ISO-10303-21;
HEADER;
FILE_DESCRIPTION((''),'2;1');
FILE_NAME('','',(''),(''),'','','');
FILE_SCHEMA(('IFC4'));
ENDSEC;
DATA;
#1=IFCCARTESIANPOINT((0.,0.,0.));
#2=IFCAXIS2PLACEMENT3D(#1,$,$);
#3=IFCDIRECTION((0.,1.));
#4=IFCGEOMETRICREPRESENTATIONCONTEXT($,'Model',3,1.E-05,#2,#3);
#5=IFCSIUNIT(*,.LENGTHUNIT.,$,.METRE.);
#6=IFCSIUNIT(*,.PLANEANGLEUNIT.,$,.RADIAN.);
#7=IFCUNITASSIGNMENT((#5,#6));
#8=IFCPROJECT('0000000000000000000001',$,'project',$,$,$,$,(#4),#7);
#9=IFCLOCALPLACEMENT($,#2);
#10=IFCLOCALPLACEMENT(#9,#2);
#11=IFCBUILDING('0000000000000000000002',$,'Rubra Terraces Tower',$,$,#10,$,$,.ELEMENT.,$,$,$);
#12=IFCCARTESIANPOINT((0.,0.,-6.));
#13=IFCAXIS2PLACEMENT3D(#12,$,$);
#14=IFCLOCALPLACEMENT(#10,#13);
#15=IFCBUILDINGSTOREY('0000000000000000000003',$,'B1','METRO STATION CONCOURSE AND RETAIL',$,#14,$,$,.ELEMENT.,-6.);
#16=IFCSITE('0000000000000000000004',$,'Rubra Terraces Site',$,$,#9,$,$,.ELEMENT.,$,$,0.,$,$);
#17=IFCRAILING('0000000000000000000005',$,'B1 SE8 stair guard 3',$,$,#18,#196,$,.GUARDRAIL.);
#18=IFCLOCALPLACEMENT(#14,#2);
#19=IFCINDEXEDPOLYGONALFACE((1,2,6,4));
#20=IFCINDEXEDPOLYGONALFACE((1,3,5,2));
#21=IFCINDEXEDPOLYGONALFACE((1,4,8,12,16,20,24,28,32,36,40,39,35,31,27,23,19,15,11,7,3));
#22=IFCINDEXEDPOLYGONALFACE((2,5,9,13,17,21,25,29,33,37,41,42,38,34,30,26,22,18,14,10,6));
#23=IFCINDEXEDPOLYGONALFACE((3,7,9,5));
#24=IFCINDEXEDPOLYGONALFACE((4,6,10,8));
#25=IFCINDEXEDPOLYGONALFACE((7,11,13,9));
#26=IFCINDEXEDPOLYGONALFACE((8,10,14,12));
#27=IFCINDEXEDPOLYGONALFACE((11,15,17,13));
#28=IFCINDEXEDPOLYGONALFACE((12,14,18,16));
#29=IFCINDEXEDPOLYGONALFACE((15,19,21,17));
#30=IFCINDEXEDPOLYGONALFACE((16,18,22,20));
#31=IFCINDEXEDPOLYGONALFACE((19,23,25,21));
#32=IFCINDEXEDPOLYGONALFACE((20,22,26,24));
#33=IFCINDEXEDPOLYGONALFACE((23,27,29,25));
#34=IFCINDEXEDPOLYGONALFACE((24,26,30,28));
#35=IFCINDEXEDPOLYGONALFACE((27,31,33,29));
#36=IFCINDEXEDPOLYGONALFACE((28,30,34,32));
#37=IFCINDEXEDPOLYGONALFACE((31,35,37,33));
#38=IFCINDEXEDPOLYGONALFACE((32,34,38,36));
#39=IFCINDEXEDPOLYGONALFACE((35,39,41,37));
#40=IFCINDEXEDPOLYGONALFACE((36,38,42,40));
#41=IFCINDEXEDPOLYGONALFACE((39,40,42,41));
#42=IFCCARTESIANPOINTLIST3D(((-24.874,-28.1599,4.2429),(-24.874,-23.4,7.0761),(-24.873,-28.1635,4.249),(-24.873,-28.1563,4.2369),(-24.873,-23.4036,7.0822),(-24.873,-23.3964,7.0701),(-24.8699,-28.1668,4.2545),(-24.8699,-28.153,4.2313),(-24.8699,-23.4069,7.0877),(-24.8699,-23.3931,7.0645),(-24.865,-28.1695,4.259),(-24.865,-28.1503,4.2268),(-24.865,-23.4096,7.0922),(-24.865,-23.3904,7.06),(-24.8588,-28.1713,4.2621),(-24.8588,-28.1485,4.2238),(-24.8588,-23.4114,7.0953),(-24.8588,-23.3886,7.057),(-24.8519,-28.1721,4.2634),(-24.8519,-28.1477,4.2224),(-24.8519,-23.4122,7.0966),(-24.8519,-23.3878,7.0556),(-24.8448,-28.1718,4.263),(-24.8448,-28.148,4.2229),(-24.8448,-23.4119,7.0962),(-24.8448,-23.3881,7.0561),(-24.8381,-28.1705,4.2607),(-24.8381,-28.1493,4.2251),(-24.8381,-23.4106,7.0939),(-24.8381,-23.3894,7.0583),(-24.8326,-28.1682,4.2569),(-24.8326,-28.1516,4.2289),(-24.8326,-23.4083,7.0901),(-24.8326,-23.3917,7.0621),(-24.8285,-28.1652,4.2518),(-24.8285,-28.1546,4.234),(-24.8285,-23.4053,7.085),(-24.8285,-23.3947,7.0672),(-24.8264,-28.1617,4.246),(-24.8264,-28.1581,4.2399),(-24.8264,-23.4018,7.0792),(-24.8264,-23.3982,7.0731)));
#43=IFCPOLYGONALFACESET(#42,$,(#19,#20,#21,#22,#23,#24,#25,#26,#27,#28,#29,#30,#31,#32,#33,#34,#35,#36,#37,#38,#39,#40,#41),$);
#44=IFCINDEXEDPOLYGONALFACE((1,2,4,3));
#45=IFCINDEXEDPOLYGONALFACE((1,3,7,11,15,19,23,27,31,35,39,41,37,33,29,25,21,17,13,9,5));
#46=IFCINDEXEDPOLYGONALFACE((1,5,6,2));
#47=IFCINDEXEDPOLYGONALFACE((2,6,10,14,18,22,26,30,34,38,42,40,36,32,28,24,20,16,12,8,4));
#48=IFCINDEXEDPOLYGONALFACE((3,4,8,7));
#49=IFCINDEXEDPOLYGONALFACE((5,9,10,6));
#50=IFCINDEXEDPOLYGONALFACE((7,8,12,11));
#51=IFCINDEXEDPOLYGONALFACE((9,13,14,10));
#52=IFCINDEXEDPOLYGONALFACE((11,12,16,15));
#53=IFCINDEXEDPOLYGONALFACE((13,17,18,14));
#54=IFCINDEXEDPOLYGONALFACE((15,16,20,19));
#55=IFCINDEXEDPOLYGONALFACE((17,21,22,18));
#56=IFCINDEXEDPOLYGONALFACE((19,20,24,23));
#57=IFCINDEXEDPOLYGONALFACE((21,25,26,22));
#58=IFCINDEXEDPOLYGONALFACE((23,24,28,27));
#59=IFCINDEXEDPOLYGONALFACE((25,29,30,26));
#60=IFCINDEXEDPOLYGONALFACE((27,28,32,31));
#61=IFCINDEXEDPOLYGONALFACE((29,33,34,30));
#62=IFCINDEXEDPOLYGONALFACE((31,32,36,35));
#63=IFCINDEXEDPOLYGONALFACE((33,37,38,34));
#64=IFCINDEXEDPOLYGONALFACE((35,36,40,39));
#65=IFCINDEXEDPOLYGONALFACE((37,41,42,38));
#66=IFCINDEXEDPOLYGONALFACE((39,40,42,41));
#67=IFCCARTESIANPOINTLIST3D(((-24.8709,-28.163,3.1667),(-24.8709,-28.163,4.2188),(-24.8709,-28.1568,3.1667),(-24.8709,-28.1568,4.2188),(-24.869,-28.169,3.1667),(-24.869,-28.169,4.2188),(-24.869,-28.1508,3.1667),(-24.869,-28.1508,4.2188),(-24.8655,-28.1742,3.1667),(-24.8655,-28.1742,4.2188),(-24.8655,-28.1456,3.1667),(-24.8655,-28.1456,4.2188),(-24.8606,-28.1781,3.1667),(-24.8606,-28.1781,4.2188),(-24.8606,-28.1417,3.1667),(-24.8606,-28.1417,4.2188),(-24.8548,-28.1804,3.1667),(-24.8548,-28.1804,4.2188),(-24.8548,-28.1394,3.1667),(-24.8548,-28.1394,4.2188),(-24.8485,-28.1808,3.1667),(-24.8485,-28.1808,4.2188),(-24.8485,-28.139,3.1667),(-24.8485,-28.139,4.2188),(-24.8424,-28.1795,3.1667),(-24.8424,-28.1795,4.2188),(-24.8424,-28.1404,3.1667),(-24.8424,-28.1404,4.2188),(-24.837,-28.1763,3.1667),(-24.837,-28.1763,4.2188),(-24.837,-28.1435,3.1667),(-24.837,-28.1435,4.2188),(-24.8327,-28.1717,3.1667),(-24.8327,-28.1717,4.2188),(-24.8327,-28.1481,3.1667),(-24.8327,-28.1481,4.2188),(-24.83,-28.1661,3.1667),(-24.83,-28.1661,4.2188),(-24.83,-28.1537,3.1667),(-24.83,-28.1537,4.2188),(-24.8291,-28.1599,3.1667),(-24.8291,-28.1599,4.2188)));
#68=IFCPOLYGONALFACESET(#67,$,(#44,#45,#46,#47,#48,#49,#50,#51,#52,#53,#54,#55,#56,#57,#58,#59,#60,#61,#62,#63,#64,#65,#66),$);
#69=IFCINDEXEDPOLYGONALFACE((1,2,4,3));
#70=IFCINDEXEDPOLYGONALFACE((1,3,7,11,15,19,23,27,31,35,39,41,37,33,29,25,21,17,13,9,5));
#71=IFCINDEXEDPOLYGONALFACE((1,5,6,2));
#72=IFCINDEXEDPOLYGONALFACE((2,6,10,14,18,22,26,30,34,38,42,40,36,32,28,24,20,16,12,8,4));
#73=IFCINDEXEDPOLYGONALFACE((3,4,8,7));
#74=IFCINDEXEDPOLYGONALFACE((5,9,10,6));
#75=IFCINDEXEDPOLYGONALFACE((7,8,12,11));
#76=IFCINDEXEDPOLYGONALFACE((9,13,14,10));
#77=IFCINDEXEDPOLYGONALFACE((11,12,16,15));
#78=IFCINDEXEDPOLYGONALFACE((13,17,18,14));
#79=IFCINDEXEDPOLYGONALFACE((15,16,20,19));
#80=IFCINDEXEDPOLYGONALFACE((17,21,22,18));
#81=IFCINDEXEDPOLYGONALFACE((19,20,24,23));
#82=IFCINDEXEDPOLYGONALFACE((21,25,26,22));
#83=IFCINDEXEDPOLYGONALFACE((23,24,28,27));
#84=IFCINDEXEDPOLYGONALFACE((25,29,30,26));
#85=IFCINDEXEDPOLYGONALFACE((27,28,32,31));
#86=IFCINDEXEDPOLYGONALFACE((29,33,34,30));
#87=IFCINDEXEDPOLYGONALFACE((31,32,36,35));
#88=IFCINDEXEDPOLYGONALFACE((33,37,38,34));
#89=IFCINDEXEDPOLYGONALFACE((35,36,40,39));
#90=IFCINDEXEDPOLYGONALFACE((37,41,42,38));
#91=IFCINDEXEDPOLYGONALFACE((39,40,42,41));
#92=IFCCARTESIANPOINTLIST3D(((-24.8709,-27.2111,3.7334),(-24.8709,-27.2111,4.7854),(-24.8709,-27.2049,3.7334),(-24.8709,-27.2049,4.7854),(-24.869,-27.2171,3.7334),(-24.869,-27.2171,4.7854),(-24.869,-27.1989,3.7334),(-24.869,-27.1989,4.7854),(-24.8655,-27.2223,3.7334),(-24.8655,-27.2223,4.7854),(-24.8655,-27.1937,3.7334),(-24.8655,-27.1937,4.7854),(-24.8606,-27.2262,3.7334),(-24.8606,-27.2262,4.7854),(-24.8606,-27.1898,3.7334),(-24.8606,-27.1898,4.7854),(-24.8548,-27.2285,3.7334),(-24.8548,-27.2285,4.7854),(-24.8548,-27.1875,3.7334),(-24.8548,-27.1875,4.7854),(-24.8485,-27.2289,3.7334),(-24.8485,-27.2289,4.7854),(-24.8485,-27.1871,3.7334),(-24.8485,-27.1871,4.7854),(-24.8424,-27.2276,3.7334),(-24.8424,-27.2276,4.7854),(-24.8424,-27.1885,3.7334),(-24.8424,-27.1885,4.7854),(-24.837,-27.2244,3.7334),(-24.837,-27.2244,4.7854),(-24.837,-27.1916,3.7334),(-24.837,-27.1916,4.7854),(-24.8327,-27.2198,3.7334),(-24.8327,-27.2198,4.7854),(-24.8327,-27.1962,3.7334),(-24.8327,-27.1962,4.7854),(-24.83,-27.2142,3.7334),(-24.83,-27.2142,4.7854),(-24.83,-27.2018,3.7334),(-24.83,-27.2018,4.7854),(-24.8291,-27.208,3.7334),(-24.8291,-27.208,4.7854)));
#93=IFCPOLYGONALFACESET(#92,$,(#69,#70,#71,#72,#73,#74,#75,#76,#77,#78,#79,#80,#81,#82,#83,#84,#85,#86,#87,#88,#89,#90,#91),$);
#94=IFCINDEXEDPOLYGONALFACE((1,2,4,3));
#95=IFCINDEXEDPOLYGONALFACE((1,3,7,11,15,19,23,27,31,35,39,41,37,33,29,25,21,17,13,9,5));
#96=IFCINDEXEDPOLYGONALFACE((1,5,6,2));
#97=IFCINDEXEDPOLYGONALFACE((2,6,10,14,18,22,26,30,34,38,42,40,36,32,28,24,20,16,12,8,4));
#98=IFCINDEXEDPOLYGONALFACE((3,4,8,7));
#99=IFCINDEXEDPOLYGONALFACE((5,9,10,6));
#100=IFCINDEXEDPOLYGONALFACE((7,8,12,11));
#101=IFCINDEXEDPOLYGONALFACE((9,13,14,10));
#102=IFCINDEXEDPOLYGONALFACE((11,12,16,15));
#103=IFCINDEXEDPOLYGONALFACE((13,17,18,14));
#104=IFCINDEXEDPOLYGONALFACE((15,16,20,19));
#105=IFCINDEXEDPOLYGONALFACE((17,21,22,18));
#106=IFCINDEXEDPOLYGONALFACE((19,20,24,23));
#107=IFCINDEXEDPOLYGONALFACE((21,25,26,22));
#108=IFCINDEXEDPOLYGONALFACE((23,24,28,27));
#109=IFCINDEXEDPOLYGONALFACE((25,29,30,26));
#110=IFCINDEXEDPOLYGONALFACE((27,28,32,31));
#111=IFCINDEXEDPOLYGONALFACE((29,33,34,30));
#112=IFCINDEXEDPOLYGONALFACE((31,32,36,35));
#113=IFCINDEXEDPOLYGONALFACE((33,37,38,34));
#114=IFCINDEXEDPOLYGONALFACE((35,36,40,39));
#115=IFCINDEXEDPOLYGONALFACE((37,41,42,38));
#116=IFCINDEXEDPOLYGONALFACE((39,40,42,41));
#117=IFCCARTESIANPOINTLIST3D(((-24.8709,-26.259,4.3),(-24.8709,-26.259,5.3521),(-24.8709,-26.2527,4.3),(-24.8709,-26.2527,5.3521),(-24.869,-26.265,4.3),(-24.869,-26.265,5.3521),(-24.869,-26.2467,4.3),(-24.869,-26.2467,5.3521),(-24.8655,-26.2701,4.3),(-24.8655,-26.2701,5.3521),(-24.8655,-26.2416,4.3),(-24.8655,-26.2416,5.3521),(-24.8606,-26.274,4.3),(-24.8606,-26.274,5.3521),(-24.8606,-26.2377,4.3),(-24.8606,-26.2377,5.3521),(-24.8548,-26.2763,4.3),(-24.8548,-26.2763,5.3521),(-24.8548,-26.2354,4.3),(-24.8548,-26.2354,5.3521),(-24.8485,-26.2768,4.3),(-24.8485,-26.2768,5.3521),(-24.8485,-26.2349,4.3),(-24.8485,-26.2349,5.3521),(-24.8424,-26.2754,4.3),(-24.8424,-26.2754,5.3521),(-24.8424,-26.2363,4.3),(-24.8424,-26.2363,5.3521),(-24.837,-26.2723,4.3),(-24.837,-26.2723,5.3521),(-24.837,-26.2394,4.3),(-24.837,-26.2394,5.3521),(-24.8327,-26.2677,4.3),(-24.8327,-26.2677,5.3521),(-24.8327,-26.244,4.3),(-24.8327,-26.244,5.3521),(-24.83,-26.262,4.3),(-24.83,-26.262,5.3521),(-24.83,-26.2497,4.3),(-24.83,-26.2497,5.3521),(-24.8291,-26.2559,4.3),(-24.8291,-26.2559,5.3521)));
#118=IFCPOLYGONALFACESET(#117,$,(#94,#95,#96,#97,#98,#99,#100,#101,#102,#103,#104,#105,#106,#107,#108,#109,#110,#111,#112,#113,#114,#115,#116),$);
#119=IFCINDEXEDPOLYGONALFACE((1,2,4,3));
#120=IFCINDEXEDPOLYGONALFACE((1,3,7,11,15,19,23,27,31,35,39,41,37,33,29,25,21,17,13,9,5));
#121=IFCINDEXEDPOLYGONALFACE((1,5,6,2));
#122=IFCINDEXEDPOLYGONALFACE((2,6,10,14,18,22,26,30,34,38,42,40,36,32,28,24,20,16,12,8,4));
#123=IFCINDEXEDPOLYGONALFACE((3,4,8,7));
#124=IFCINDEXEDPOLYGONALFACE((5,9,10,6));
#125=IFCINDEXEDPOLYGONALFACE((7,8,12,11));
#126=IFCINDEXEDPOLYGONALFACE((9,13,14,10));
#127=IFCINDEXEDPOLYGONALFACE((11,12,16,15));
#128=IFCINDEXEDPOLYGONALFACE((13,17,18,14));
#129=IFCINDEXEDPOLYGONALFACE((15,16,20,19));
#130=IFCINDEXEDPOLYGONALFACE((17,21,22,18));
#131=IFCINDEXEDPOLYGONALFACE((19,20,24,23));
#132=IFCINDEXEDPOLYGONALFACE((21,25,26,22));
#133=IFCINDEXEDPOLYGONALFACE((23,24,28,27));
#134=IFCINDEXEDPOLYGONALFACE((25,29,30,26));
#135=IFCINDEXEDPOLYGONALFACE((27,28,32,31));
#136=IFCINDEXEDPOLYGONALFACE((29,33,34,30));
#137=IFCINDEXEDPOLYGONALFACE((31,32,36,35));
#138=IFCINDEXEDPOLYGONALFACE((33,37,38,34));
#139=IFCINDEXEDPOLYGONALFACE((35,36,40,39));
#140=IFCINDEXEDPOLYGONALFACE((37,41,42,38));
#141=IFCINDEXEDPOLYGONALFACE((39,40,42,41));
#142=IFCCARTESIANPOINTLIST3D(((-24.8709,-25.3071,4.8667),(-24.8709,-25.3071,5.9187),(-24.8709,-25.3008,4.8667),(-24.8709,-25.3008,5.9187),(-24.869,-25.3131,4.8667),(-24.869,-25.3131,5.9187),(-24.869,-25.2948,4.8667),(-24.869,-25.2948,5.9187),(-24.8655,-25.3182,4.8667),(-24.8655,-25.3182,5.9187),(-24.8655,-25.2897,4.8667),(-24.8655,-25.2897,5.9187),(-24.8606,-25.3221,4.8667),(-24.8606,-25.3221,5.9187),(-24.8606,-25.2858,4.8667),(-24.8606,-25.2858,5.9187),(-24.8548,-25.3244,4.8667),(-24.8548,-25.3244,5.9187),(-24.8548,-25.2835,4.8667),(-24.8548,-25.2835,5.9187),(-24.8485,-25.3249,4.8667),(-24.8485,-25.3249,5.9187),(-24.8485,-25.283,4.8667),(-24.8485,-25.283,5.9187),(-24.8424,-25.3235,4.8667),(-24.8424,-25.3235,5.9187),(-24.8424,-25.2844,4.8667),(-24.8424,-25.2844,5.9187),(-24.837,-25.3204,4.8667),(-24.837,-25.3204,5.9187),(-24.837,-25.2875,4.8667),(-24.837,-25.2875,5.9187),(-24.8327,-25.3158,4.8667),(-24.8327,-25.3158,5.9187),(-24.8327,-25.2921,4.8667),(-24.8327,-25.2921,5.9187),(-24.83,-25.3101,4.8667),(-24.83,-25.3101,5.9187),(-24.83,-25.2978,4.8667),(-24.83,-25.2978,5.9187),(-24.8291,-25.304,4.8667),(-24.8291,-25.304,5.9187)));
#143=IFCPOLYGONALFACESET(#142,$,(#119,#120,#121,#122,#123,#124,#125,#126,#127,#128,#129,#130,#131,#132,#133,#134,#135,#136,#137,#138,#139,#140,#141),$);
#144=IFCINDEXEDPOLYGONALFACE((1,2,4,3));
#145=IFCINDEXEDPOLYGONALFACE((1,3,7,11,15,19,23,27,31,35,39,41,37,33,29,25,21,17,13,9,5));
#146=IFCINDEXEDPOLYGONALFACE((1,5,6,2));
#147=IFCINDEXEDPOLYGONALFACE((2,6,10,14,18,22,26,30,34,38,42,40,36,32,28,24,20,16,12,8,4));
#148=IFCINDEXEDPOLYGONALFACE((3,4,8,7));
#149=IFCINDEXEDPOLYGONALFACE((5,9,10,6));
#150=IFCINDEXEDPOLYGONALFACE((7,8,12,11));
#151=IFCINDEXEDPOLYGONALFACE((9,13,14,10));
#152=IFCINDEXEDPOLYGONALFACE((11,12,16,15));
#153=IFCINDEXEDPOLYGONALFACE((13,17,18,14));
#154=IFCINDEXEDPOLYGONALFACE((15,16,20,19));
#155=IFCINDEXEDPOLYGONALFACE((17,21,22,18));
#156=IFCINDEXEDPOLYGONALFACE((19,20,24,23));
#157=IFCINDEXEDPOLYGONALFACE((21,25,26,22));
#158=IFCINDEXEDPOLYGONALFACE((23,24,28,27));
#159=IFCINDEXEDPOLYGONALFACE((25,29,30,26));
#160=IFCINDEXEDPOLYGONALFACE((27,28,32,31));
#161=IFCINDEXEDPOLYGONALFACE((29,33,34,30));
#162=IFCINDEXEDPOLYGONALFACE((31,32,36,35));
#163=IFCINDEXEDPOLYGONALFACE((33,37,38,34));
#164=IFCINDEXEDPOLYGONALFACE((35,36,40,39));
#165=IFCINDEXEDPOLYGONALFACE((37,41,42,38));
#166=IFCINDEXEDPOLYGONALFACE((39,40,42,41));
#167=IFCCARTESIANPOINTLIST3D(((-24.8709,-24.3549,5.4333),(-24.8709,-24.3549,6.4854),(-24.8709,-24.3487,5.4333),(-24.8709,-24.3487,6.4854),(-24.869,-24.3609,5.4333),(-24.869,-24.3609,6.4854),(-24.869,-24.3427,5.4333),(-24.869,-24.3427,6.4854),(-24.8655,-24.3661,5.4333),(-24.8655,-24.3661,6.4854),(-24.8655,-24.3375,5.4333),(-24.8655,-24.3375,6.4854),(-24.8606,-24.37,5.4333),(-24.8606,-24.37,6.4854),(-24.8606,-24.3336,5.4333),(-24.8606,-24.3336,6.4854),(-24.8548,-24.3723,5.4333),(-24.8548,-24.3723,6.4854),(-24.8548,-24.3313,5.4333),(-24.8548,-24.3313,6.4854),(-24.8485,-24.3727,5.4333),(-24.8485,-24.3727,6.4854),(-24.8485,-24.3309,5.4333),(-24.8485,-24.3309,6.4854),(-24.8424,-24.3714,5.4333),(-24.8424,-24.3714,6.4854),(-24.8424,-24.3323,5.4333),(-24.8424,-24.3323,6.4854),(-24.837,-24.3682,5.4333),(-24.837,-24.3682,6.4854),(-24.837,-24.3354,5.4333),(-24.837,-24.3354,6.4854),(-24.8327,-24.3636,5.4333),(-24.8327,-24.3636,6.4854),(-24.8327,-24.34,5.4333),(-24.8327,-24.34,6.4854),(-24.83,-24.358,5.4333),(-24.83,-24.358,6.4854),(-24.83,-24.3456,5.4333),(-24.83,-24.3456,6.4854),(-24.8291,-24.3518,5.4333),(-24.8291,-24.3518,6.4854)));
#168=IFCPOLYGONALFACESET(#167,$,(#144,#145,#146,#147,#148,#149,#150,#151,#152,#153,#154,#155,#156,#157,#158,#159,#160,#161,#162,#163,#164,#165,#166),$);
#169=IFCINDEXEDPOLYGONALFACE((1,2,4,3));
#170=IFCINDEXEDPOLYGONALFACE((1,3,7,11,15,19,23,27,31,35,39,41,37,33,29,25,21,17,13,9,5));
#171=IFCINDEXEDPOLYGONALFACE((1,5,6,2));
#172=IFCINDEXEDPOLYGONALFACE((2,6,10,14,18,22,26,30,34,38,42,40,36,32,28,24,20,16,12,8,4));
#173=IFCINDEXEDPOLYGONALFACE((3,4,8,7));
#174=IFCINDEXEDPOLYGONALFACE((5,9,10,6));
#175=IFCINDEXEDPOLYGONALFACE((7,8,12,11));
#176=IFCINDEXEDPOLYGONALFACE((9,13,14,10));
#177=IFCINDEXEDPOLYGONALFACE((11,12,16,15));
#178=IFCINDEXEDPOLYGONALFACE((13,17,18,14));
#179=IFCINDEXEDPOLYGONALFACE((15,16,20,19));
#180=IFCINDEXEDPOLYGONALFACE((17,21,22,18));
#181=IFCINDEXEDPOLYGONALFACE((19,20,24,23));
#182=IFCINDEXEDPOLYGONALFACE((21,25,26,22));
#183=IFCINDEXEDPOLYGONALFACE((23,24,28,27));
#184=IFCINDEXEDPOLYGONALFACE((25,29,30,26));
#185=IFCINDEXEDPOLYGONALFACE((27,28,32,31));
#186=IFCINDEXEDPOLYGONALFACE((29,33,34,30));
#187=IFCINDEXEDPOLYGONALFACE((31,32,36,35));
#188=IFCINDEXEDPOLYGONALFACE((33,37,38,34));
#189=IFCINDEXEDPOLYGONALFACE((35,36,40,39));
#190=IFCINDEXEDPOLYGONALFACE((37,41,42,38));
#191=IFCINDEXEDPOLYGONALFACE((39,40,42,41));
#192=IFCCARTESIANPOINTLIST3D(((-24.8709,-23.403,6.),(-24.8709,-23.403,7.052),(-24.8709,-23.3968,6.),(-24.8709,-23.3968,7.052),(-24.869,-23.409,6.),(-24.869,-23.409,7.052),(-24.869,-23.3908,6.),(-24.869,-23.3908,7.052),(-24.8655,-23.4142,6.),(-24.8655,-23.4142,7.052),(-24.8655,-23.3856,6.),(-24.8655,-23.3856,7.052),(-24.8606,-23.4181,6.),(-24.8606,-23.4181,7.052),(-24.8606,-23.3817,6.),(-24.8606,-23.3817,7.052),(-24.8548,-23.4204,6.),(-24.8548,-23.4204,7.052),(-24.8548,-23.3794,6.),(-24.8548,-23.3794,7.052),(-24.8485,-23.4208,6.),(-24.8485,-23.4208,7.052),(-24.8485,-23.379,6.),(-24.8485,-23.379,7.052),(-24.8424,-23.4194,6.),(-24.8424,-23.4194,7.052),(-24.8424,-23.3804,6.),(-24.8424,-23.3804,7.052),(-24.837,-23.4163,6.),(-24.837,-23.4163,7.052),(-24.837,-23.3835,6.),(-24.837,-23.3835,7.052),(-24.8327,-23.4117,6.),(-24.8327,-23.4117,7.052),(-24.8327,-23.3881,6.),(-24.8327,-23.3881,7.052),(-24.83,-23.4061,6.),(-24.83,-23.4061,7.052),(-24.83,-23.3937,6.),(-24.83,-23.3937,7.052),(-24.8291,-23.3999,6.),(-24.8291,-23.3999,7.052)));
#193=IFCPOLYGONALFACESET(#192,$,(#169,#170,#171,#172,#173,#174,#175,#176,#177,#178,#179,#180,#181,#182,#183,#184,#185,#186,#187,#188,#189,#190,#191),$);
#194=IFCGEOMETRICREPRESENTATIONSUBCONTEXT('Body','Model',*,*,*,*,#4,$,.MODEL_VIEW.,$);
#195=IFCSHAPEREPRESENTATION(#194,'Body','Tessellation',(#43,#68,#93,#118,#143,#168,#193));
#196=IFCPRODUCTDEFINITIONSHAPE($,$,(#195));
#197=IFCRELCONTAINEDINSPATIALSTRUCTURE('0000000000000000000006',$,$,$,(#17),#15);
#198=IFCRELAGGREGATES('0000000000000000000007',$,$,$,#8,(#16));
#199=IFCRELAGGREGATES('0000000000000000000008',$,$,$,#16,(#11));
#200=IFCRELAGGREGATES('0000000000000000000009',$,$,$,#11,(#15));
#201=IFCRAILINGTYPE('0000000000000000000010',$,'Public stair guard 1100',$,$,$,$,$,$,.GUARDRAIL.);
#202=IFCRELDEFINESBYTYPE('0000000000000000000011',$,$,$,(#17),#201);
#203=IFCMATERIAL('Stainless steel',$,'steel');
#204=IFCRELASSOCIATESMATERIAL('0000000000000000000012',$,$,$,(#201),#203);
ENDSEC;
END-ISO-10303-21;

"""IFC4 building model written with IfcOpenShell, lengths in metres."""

from ifc_helpers import new_model, si_unit, direction, frame, origin, origin_2d, place, context, subcontext, project, spatial, circle, extrude, material, type_object, element, save


model = new_model("IFC4")

# Units and contexts
model_context = context("Model", 3, precision=1e-05, world=origin(), true_north=direction((0.0, 1.0)))
body_context = subcontext(model_context, "Body", "Model", "MODEL_VIEW")
ifc_project = project(units=[si_unit("LENGTHUNIT", "METRE"), si_unit("PLANEANGLEUNIT", "RADIAN")], contexts=[model_context])

# Site, building, storey
site_placement = place(None, origin())
site = spatial("IfcSite", under=ifc_project, at=site_placement, Name="Rubra Terraces Site", CompositionType="ELEMENT", RefElevation=0.0)
building_placement = place(site_placement, origin())
building = spatial("IfcBuilding", under=site, at=building_placement, Name="Rubra Terraces Tower", CompositionType="ELEMENT")
storey_placement = place(building_placement, frame((0.0, 0.0, -6.0)))
storey = spatial("IfcBuildingStorey", under=building, at=storey_placement, Name="B1", Description="METRO STATION CONCOURSE AND RETAIL", CompositionType="ELEMENT", Elevation=-6.0)

# Railing
ifc_material_1 = material(Name="Stainless steel", Category="steel")
railing_type_1 = type_object("IfcRailingType", Name="Public stair guard 1100", PredefinedType="GUARDRAIL", material=ifc_material_1)
railing_1_placement = place(storey_placement, frame((-24.8501, -28.1599, 3.1667)))
element("IfcRailing", 1, at=railing_1_placement, inside=storey, type_object=railing_type_1, Name="B1 SE8 stair guard 3", PredefinedType="GUARDRAIL", context=body_context, shape_type="SweptSolid", body=[
    extrude(circle(Radius=0.0239, at=origin_2d()), frame((0.0, 0.0, 1.0762), z_axis=(0.0, 0.8593, 0.511472), x_axis=(-1.0, 0.0, 0.0)), (0.0, 0.0, 1.0), 5.5393),
    extrude(circle(Radius=0.021, at=origin_2d()), origin(), (0.0, 0.0, 1.0), 1.052),
    extrude(circle(Radius=0.021, at=origin_2d()), frame((0.0, 0.9519, 0.5667)), (0.0, 0.0, 1.0), 1.052),
    extrude(circle(Radius=0.021, at=origin_2d()), frame((0.0, 1.9041, 1.1333)), (0.0, 0.0, 1.0), 1.052),
    extrude(circle(Radius=0.021, at=origin_2d()), frame((0.0, 2.856, 1.7)), (0.0, 0.0, 1.0), 1.052),
    extrude(circle(Radius=0.021, at=origin_2d()), frame((0.0, 3.8081, 2.2666)), (0.0, 0.0, 1.0), 1.052),
    extrude(circle(Radius=0.021, at=origin_2d()), frame((0.0, 4.76, 2.8333)), (0.0, 0.0, 1.0), 1.052),
])

save(model, "model.ifc")
